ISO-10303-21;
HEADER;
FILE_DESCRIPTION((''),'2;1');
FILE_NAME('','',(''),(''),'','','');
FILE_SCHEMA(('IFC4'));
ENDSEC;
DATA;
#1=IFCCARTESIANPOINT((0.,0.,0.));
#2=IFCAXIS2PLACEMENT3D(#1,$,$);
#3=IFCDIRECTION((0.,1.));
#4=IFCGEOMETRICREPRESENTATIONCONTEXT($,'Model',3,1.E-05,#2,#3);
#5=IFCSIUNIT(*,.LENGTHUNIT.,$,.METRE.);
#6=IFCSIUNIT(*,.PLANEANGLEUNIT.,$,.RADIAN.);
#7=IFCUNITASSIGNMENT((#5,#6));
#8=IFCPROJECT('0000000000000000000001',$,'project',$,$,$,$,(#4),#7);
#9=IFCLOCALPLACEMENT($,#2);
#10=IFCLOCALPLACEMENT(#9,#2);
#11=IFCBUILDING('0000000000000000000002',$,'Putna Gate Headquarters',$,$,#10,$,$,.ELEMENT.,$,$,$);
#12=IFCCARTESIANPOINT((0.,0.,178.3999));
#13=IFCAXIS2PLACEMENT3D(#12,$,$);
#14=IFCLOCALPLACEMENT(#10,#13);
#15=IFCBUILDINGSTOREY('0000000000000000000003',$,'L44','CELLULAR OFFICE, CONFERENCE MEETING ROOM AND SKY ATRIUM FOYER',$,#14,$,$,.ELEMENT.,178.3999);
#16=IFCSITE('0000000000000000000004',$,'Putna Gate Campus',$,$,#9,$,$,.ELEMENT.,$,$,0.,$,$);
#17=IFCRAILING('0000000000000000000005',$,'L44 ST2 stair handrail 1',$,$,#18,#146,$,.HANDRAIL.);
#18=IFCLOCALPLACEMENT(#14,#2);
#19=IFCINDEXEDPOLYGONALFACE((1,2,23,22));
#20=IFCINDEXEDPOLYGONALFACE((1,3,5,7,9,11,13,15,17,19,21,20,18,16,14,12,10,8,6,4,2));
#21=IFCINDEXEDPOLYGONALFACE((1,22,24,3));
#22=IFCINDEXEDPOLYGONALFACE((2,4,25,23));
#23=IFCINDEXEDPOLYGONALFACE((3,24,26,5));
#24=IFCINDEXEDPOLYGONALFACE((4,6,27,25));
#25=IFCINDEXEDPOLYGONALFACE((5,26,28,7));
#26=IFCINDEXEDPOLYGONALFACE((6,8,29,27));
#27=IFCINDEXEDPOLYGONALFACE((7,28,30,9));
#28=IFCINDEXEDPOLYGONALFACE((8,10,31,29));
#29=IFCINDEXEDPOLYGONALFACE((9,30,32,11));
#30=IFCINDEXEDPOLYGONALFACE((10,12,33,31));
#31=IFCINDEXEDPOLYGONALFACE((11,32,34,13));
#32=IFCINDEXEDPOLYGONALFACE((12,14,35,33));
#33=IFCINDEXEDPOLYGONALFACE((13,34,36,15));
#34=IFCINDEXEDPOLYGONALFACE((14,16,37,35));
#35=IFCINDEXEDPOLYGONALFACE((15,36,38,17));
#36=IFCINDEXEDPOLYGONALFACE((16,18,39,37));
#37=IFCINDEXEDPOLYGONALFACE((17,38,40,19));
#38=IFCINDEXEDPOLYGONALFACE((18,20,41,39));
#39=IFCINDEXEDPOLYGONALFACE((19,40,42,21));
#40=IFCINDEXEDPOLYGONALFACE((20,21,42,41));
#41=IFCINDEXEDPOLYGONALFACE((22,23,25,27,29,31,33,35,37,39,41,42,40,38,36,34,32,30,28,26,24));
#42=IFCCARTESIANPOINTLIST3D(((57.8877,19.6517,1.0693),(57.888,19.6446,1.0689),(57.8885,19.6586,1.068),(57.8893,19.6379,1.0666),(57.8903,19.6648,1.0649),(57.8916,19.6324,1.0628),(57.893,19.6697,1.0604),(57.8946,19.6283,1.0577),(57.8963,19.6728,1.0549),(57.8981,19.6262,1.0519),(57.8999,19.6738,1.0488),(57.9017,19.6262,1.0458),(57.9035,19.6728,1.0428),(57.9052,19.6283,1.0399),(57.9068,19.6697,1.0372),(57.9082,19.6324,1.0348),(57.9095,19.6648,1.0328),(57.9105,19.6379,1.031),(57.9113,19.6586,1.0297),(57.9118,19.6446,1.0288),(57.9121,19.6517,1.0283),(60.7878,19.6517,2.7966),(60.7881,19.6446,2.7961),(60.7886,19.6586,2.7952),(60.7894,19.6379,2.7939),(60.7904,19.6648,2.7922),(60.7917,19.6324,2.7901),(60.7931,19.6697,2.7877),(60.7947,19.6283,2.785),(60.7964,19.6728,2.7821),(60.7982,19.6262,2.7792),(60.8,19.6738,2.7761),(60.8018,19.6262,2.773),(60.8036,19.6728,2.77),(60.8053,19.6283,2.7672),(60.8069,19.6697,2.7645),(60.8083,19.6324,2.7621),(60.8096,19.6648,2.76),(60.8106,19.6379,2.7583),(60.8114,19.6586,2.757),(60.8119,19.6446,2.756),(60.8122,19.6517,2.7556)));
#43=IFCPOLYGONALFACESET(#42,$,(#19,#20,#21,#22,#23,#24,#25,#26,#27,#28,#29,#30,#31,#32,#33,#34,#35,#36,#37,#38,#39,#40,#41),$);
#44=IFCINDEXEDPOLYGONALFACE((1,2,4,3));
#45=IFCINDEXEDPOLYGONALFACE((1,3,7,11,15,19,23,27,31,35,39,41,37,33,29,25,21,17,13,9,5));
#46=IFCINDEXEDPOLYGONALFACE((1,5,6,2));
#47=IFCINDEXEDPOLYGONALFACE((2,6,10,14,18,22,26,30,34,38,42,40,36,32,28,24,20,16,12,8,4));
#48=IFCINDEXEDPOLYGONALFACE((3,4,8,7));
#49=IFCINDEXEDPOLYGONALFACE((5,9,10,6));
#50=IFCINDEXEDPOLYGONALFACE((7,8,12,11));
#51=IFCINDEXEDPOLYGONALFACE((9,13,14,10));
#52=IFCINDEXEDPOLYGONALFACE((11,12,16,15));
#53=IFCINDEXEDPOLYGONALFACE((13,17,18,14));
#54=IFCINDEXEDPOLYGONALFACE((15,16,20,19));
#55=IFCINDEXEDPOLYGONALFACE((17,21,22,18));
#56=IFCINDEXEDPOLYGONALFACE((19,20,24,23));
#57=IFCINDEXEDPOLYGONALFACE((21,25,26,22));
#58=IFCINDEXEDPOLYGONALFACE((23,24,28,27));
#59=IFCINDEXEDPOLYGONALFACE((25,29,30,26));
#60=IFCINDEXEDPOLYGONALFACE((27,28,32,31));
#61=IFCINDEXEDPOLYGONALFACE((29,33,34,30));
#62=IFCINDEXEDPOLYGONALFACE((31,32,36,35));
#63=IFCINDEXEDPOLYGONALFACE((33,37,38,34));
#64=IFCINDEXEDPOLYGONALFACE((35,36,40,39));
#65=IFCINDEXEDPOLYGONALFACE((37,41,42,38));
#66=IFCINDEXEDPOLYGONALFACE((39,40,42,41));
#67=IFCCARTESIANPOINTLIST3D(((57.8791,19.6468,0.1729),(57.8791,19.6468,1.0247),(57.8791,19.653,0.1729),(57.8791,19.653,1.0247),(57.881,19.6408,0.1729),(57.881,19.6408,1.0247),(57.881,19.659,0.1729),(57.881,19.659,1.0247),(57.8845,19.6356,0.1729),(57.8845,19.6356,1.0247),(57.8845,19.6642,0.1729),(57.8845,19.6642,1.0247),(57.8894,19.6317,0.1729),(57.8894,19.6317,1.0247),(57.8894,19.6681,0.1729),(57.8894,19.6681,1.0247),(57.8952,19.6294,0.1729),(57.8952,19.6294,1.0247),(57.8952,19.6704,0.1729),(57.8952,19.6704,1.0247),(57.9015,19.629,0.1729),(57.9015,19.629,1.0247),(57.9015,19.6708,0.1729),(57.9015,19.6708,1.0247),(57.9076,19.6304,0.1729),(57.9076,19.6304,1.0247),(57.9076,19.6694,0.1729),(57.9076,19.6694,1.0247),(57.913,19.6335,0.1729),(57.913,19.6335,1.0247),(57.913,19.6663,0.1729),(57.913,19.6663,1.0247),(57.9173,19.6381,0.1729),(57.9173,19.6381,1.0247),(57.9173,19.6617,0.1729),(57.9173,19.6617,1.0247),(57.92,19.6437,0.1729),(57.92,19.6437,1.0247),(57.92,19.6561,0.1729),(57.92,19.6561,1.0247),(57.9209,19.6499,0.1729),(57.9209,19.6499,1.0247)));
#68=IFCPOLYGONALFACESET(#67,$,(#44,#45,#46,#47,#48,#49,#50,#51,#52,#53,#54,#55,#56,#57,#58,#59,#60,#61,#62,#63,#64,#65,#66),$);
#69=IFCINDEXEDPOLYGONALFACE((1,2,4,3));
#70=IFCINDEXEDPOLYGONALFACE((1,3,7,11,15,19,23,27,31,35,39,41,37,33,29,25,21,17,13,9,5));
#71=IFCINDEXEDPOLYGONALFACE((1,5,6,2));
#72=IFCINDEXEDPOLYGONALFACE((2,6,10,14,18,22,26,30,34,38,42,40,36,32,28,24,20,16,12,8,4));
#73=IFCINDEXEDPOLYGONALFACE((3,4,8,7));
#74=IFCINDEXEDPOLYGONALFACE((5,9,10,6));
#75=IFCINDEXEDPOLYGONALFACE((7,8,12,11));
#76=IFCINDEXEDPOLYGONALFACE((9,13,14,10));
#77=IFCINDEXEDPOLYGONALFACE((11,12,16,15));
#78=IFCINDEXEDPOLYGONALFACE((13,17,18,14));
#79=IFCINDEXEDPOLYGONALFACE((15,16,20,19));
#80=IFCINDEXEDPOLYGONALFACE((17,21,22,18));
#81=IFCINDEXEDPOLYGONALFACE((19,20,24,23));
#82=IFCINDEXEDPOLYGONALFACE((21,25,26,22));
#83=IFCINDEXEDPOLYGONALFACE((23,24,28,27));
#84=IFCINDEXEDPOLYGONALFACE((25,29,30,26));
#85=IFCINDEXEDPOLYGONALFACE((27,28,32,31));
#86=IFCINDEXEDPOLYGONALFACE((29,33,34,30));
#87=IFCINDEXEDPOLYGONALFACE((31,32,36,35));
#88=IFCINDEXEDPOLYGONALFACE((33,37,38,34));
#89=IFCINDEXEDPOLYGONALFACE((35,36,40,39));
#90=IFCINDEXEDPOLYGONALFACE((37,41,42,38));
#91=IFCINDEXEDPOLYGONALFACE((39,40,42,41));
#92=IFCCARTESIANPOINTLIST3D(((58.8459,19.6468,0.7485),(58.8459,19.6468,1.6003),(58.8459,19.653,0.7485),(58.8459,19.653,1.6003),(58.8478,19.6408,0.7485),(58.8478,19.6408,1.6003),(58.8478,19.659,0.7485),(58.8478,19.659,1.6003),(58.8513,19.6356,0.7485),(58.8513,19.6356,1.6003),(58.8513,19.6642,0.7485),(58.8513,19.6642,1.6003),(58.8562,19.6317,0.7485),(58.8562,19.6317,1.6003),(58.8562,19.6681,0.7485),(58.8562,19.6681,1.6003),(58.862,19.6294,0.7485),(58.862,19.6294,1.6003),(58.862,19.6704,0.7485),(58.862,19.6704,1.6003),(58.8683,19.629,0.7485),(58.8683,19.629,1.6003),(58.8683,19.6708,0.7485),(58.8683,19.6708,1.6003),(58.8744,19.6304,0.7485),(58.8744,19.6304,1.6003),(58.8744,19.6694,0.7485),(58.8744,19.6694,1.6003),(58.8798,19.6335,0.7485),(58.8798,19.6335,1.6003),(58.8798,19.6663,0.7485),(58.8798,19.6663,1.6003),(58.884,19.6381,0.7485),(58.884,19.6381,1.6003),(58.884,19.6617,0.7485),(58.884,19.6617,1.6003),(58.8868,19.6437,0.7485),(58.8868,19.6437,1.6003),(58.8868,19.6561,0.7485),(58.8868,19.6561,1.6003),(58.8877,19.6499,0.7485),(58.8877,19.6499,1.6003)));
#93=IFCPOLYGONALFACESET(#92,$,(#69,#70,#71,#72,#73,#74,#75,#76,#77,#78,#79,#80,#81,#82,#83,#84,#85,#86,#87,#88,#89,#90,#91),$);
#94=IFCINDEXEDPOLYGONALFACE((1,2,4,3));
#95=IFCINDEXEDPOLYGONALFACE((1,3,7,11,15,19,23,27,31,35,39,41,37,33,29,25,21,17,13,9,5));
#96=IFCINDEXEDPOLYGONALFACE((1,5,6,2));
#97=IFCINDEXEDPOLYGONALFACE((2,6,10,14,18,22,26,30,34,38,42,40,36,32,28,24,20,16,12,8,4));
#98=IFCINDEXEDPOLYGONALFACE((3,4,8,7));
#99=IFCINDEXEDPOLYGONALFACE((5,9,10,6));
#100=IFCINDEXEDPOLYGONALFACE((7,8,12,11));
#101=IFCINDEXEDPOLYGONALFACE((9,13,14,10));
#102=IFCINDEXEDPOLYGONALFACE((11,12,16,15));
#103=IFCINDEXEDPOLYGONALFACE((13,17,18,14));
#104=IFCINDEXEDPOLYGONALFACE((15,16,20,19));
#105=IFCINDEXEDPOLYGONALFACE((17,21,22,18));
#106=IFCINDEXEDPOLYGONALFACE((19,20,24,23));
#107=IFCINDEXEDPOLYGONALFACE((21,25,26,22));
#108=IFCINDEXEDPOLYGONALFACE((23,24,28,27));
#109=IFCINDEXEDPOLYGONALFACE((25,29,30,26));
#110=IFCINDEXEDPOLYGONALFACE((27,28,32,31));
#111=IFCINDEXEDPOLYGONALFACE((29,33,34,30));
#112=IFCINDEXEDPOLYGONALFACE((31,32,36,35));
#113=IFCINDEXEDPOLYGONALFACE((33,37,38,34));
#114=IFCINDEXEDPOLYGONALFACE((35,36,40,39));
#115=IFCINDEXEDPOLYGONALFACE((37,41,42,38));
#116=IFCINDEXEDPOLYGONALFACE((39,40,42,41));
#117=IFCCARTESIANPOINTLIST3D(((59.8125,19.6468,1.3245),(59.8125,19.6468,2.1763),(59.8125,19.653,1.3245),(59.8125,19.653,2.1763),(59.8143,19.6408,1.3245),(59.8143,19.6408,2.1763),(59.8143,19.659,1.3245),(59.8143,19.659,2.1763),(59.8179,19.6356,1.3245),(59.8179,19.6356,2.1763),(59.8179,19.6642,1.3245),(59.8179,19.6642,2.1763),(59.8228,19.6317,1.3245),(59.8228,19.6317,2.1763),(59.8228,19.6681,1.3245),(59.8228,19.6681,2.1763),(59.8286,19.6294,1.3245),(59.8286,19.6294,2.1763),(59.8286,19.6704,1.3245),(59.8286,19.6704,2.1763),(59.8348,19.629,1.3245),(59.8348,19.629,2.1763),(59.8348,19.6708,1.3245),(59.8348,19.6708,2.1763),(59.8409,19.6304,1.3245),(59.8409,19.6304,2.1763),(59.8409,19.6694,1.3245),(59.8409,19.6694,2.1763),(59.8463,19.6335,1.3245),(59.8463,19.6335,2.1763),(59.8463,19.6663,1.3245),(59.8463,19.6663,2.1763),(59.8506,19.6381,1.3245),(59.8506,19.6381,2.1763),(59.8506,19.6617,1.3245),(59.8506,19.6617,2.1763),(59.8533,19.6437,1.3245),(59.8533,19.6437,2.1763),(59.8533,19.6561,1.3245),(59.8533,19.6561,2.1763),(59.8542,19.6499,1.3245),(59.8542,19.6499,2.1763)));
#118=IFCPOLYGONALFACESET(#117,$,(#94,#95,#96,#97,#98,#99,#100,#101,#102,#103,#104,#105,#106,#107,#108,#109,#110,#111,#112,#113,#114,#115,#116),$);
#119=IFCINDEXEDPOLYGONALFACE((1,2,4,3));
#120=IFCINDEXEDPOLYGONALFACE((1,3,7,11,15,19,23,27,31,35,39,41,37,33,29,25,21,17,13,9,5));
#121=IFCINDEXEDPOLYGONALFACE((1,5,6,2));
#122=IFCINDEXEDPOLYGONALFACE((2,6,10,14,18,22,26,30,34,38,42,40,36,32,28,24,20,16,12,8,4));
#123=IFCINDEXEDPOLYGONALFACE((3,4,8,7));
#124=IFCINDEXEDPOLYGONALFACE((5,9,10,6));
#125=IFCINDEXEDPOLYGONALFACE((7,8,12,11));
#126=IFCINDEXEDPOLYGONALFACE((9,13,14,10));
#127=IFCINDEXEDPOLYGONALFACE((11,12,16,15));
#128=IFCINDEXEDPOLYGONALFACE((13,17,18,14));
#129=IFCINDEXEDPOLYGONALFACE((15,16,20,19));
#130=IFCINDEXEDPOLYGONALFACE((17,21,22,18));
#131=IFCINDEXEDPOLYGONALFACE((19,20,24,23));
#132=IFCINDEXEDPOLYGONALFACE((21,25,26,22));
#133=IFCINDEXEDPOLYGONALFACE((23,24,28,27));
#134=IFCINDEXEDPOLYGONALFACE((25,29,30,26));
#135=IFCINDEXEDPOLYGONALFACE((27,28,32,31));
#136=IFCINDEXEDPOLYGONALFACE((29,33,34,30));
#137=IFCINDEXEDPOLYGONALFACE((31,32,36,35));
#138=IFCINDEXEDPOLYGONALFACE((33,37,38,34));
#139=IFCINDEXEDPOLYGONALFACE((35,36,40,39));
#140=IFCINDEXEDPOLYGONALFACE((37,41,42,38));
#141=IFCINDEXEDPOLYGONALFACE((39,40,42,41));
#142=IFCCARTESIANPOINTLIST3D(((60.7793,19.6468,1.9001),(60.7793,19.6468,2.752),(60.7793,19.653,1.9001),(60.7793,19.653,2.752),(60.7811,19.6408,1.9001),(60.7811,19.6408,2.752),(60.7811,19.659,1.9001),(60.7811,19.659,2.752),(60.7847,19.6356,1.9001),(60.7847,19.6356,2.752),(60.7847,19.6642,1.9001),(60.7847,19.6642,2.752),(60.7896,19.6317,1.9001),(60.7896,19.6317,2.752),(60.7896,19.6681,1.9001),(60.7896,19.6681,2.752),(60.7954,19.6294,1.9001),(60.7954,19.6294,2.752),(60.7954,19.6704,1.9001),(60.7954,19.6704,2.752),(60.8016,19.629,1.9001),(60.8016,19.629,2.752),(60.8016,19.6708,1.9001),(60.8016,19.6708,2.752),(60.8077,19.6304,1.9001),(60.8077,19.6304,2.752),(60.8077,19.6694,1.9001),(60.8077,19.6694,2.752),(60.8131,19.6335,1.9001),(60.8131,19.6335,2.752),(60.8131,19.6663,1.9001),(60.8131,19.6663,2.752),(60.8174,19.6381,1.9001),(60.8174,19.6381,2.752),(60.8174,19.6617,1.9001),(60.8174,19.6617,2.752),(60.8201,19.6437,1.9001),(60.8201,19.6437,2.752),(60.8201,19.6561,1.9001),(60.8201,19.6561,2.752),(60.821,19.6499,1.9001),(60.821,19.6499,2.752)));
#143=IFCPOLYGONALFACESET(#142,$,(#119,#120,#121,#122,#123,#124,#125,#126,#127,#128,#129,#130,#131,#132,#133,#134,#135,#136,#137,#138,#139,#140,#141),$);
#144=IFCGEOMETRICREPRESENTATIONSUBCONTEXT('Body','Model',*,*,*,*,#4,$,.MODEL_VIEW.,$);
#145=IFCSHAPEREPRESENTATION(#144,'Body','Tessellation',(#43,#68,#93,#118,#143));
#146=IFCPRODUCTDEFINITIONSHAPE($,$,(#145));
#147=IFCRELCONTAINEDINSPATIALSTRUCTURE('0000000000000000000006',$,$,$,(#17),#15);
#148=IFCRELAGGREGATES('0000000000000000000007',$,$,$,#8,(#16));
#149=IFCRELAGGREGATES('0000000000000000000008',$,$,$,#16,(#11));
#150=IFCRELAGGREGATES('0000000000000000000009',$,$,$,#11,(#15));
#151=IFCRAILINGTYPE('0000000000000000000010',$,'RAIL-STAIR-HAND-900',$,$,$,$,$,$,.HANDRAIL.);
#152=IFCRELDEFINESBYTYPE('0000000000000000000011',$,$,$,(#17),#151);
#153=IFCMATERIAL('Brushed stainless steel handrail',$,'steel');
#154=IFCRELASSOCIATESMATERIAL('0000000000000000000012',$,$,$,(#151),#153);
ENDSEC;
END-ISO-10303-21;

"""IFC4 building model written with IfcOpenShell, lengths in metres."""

from ifc_helpers import new_model, si_unit, direction, frame, origin, origin_2d, place, context, subcontext, project, spatial, circle, extrude, material, type_object, element, save


model = new_model("IFC4")

# Units and contexts
model_context = context("Model", 3, precision=1e-05, world=origin(), true_north=direction((0.0, 1.0)))
body_context = subcontext(model_context, "Body", "Model", "MODEL_VIEW")
ifc_project = project(units=[si_unit("LENGTHUNIT", "METRE"), si_unit("PLANEANGLEUNIT", "RADIAN")], contexts=[model_context])

# Site, building, storey
site_placement = place(None, origin())
site = spatial("IfcSite", under=ifc_project, at=site_placement, Name="Putna Gate Campus", CompositionType="ELEMENT", RefElevation=0.0)
building_placement = place(site_placement, origin())
building = spatial("IfcBuilding", under=site, at=building_placement, Name="Putna Gate Headquarters", CompositionType="ELEMENT")
storey_placement = place(building_placement, frame((0.0, 0.0, 178.3999)))
storey = spatial("IfcBuildingStorey", under=building, at=storey_placement, Name="L44", Description="CELLULAR OFFICE, CONFERENCE MEETING ROOM AND SKY ATRIUM FOYER", CompositionType="ELEMENT", Elevation=178.3999)

# Railing
ifc_material_1 = material(Name="Brushed stainless steel handrail", Category="steel")
railing_type_1 = type_object("IfcRailingType", Name="RAIL-STAIR-HAND-900", PredefinedType="HANDRAIL", material=ifc_material_1)
railing_1_placement = place(storey_placement, frame((57.8999, 19.6499, 0.1729)))
element("IfcRailing", 1, at=railing_1_placement, inside=storey, type_object=railing_type_1, Name="L44 ST2 stair handrail 1", PredefinedType="HANDRAIL", context=body_context, shape_type="SweptSolid", body=[
    extrude(circle(Radius=0.0239, at=origin_2d()), frame((0.0, 0.0, 0.876), z_axis=(0.85916, 0.0, 0.511706), x_axis=(0.0, 1.0, 0.0)), (0.0, 0.0, 1.0), 3.3755),
    extrude(circle(Radius=0.021, at=origin_2d()), origin(), (0.0, 0.0, 1.0), 0.8518),
    extrude(circle(Radius=0.021, at=origin_2d()), frame((0.9668, 0.0, 0.5757)), (0.0, 0.0, 1.0), 0.8518),
    extrude(circle(Radius=0.021, at=origin_2d()), frame((1.9333, 0.0, 1.1516)), (0.0, 0.0, 1.0), 0.8518),
    extrude(circle(Radius=0.021, at=origin_2d()), frame((2.9001, 0.0, 1.7273)), (0.0, 0.0, 1.0), 0.8518),
])

save(model, "model.ifc")
